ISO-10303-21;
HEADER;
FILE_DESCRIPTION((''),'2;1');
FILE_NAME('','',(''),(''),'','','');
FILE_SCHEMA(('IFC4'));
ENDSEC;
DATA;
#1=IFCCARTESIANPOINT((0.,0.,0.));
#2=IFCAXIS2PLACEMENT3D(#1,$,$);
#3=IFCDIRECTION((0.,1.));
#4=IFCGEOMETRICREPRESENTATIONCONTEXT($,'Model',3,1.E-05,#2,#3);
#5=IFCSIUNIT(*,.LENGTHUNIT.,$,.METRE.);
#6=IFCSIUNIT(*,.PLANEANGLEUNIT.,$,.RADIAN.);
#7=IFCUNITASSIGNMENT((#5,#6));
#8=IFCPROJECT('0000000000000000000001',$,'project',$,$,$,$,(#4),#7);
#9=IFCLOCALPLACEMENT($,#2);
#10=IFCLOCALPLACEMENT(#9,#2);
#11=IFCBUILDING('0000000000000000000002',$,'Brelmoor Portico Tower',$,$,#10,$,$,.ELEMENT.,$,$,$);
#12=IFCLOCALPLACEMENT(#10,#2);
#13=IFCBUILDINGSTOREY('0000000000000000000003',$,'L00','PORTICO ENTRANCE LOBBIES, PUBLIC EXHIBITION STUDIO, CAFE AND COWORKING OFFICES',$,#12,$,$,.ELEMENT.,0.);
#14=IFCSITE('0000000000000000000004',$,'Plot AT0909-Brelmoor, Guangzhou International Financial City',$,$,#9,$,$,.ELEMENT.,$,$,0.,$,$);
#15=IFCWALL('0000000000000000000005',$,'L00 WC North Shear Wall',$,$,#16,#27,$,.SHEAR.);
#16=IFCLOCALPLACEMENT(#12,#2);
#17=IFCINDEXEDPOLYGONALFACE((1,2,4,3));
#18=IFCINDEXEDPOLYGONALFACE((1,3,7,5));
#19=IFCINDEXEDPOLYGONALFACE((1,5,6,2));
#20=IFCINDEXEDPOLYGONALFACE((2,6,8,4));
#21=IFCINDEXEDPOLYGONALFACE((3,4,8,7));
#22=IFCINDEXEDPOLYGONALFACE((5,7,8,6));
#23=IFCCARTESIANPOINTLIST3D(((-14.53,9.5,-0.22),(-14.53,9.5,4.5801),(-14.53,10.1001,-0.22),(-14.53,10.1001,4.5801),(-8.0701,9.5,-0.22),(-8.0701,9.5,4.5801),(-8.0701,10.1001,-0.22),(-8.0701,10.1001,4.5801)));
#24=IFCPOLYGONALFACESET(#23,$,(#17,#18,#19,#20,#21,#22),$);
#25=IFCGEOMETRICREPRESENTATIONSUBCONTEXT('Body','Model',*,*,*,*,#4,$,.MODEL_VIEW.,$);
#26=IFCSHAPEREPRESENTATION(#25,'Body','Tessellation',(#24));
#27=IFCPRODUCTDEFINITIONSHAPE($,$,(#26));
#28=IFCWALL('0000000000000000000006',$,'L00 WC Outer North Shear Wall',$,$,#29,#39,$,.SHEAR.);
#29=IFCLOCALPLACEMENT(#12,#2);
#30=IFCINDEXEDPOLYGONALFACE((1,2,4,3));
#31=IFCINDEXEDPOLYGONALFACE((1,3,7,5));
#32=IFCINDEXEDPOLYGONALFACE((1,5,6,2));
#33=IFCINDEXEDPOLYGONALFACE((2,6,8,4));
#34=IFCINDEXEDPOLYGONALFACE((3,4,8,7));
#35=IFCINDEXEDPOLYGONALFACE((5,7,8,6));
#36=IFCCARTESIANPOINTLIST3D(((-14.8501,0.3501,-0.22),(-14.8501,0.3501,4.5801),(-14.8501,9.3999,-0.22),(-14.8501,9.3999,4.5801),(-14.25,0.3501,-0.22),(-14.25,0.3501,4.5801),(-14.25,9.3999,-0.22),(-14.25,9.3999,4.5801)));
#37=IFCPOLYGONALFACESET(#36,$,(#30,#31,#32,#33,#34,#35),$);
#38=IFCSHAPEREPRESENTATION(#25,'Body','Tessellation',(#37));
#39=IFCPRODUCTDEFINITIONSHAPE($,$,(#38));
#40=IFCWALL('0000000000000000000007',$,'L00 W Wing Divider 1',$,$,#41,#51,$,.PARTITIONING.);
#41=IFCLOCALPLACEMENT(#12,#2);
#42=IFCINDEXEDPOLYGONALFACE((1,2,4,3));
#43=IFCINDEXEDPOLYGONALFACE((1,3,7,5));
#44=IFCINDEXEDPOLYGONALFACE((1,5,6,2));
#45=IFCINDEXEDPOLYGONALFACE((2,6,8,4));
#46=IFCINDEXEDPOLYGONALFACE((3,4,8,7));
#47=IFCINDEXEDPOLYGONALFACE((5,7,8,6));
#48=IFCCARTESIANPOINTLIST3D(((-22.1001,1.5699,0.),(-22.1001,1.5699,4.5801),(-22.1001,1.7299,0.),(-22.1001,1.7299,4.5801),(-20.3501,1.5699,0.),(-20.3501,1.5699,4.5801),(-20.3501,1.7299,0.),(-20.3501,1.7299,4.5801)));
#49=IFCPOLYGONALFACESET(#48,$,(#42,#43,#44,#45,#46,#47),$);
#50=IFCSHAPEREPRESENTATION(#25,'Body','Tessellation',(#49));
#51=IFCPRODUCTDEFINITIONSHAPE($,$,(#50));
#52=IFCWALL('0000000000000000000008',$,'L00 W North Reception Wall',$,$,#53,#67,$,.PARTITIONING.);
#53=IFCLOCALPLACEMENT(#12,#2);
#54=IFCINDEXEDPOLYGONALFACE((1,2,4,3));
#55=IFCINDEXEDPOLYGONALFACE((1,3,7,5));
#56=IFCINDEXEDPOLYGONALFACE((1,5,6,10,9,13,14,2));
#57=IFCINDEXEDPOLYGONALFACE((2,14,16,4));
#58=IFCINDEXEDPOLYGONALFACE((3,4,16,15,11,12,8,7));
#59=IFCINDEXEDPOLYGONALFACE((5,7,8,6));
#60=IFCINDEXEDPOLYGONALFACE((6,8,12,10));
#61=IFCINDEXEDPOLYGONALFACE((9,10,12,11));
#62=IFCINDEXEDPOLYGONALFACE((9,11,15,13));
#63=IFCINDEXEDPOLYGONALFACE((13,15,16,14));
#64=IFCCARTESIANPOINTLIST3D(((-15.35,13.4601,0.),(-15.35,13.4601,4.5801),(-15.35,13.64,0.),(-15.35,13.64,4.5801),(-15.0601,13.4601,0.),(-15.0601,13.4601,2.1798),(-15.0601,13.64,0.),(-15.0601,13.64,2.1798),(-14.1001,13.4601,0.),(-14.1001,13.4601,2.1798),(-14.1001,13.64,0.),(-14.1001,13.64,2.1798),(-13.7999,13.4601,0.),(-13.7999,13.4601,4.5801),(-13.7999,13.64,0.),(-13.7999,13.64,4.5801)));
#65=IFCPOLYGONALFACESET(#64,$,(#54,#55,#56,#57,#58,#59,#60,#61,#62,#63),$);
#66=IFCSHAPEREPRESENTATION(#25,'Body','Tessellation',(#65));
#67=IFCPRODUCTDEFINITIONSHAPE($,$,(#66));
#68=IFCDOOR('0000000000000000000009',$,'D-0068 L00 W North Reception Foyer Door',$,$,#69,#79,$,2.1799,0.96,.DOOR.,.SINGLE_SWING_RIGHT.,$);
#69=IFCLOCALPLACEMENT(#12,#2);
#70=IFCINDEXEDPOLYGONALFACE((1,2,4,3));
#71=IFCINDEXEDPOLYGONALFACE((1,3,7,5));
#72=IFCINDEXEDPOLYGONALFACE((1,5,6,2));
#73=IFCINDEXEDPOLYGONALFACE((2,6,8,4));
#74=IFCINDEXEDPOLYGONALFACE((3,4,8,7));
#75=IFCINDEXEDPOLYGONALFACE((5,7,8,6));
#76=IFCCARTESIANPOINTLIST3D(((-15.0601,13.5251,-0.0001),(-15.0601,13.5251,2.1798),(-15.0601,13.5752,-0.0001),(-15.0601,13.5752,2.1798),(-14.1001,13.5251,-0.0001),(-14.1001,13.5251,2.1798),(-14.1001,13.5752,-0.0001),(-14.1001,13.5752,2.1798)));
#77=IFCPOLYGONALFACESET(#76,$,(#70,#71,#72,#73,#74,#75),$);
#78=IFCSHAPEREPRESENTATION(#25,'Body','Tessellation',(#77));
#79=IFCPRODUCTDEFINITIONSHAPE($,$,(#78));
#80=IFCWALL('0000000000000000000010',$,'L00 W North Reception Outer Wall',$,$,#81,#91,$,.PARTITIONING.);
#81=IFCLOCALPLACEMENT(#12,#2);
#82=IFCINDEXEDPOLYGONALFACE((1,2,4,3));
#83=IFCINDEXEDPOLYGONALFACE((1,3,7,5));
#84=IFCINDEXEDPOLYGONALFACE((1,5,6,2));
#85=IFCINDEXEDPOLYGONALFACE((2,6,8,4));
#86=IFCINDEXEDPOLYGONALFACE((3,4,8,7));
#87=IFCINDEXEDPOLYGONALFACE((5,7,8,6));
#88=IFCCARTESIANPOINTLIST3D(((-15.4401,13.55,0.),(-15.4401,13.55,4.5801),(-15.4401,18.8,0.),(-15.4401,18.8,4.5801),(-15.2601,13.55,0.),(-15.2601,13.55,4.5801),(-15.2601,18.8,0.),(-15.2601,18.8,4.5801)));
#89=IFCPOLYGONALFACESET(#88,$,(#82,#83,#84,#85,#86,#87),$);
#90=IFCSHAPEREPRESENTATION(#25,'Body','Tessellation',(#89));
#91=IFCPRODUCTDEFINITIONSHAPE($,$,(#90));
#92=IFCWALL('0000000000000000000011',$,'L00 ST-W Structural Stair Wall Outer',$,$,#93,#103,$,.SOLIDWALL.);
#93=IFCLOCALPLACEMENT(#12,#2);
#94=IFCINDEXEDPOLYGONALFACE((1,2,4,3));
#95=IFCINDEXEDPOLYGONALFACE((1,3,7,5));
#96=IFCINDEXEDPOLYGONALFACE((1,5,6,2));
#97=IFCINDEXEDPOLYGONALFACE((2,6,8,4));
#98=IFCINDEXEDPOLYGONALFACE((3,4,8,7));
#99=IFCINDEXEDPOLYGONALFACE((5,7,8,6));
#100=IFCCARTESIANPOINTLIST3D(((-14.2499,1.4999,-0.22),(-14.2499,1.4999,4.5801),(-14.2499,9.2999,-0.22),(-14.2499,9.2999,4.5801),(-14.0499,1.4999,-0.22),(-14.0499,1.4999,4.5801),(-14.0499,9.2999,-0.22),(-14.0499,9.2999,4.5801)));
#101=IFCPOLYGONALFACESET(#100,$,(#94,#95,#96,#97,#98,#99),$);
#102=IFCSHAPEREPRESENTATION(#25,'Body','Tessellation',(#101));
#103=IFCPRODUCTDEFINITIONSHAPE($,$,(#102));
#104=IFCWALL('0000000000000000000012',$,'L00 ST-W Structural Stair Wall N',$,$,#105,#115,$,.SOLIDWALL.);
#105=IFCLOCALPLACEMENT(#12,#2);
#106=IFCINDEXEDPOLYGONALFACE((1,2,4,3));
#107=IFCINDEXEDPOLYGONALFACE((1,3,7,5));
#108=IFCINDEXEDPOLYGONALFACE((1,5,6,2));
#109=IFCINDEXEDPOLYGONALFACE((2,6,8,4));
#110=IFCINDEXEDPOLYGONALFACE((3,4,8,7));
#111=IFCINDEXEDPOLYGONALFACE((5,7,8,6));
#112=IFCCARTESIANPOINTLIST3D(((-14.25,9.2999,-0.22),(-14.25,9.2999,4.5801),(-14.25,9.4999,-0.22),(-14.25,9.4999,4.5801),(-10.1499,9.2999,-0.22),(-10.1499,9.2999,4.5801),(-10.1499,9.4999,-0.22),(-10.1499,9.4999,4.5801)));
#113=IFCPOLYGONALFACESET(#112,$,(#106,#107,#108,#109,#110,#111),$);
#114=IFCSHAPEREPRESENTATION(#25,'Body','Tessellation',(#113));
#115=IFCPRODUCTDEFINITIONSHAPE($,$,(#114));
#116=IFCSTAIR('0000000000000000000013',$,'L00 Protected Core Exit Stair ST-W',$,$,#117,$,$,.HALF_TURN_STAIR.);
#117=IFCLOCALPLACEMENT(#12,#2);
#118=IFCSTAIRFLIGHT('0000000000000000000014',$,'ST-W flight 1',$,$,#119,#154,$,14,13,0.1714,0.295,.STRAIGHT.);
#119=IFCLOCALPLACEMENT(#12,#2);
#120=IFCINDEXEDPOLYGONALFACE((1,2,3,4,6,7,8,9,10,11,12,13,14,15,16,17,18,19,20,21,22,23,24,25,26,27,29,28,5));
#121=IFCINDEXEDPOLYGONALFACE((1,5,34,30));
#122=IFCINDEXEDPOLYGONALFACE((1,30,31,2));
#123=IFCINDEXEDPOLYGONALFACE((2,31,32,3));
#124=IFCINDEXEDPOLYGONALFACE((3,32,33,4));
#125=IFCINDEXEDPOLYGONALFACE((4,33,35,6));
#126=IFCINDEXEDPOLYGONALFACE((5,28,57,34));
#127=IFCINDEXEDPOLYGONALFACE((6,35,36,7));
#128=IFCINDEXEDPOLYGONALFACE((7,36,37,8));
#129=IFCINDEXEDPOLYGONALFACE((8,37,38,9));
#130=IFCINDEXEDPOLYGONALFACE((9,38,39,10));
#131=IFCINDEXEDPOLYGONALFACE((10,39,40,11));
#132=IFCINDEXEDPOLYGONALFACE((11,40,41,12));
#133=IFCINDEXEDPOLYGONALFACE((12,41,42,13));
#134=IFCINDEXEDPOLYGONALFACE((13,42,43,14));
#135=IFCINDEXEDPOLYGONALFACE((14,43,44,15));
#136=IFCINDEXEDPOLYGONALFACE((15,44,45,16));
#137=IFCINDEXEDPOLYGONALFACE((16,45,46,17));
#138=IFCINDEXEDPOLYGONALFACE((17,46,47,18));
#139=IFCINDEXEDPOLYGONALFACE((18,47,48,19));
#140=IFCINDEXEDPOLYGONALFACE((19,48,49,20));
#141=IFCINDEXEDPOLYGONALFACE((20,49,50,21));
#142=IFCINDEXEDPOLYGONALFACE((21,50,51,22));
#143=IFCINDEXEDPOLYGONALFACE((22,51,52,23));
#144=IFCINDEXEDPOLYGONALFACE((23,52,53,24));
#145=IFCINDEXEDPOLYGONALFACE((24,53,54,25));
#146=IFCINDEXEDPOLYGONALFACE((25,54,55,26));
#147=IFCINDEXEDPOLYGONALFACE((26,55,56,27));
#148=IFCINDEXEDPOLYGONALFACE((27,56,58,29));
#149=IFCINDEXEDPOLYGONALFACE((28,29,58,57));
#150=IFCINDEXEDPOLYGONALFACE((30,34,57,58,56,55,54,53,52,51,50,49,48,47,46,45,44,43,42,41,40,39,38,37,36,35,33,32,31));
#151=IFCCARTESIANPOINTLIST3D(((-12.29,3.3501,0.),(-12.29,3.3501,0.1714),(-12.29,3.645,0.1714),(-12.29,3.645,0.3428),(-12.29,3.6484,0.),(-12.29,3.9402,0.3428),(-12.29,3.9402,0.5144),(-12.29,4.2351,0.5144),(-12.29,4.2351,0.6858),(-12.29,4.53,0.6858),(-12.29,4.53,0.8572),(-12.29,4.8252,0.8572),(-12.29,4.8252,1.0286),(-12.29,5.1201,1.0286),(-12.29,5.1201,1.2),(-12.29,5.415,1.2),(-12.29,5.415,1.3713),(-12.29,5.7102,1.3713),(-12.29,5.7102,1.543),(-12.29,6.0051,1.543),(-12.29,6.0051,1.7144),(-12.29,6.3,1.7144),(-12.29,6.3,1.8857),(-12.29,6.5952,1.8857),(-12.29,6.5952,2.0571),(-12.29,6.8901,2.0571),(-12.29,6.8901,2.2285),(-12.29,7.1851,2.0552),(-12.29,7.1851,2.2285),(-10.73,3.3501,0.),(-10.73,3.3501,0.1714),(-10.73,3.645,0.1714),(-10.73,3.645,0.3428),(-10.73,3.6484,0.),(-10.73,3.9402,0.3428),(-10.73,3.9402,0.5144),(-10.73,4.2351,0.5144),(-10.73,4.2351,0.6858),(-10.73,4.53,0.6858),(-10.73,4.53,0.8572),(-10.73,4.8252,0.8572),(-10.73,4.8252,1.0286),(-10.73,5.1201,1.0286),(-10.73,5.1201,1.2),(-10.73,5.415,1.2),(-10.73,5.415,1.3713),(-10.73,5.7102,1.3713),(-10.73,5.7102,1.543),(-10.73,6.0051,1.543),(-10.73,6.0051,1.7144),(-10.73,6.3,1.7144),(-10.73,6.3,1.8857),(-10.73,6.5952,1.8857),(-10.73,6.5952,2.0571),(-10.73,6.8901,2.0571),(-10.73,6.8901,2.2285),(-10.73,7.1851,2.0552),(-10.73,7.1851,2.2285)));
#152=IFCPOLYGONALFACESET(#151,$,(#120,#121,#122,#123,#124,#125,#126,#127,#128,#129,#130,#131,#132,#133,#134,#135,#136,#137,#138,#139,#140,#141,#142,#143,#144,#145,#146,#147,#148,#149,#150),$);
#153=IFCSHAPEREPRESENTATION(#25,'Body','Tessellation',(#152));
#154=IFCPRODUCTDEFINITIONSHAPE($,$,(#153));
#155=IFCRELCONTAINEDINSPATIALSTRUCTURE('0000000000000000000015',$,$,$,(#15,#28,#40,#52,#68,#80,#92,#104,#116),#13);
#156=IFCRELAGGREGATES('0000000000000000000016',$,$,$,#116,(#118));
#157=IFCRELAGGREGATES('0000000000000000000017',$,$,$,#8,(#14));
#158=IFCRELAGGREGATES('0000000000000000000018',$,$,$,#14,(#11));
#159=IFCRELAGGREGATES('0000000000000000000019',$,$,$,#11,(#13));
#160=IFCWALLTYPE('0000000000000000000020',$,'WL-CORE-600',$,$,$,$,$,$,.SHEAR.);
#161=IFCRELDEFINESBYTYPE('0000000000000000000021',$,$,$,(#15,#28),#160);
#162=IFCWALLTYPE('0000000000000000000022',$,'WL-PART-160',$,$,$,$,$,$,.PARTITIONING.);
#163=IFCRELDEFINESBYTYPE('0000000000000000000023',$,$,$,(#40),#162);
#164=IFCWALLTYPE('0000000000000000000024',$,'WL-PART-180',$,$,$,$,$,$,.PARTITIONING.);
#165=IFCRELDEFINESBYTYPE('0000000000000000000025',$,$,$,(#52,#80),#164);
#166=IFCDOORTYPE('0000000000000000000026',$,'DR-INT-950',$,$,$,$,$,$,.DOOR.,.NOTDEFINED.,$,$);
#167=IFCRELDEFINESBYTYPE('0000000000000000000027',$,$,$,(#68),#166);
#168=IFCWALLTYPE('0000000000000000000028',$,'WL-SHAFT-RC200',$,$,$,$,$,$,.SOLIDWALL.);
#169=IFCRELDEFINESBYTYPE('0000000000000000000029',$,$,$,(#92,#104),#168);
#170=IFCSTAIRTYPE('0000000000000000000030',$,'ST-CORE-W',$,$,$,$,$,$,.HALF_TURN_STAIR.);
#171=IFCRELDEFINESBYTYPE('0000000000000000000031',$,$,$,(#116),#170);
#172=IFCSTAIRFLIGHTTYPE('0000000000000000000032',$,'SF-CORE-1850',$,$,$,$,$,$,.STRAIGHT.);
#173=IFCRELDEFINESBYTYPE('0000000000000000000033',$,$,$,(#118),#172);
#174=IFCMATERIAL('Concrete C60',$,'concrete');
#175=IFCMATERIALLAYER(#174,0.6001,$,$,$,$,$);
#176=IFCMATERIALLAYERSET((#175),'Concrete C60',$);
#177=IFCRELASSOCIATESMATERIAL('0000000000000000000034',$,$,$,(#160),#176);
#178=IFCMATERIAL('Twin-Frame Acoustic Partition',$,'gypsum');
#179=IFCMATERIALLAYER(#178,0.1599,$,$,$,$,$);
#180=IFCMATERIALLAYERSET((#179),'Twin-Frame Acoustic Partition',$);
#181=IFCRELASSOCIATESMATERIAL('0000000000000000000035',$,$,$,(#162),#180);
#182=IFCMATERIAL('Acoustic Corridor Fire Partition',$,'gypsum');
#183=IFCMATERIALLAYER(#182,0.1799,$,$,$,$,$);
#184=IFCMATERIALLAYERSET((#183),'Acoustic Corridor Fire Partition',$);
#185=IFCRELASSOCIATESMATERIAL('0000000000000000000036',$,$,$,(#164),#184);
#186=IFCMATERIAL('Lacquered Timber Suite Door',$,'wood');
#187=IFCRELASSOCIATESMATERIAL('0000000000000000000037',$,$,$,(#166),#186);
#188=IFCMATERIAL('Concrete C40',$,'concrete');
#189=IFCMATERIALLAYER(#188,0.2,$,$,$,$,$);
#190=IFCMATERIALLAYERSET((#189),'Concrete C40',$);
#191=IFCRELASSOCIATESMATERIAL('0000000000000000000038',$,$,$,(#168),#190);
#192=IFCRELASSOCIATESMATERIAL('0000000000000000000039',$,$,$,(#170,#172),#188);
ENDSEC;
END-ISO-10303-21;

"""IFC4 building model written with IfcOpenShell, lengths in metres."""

from ifc_helpers import new_model, si_unit, direction, frame, frame_2d, origin, place, context, subcontext, project, spatial, polyline, rectangle, outline, extrude, material, layer, layer_set, type_object, element, fill, aggregate, save


model = new_model("IFC4")

# Units and contexts
model_context = context("Model", 3, precision=1e-05, world=origin(), true_north=direction((0.0, 1.0)))
body_context = subcontext(model_context, "Body", "Model", "MODEL_VIEW")
ifc_project = project(units=[si_unit("LENGTHUNIT", "METRE"), si_unit("PLANEANGLEUNIT", "RADIAN")], contexts=[model_context])

# Site, building, storey
site_placement = place(None, origin())
site = spatial("IfcSite", under=ifc_project, at=site_placement, Name="Plot AT0909-Brelmoor, Guangzhou International Financial City", CompositionType="ELEMENT", RefElevation=0.0)
building_placement = place(site_placement, origin())
building = spatial("IfcBuilding", under=site, at=building_placement, Name="Brelmoor Portico Tower", CompositionType="ELEMENT")
storey_placement = place(building_placement, origin())
storey = spatial("IfcBuildingStorey", under=building, at=storey_placement, Name="L00", Description="PORTICO ENTRANCE LOBBIES, PUBLIC EXHIBITION STUDIO, CAFE AND COWORKING OFFICES", CompositionType="ELEMENT", Elevation=0.0)

# Walls
ifc_material_1 = material(Name="Concrete C60", Category="concrete")
ifc_layer_1 = layer(ifc_material_1, 0.6001)
ifc_layer_set_1 = layer_set([ifc_layer_1], Name="Concrete C60")
wall_type_1 = type_object("IfcWallType", Name="WL-CORE-600", PredefinedType="SHEAR", material=ifc_layer_set_1)
wall_1_placement = place(storey_placement, frame((-14.53, 9.8, -0.22), z_axis=(0.0, 0.0, 1.0), x_axis=(1.0, 0.0, 0.0)))
element("IfcWall", 1, at=wall_1_placement, inside=storey, type_object=wall_type_1, Name="L00 WC North Shear Wall", PredefinedType="SHEAR", context=body_context, shape_type="SweptSolid", body=[
    extrude(rectangle(XDim=6.46, YDim=0.6001, at=frame_2d((3.23, 0.0))), origin(), (0.0, 0.0, 1.0), 4.8),
])
wall_2_placement = place(storey_placement, frame((-14.55, 0.3501, -0.22), z_axis=(0.0, 0.0, 1.0), x_axis=(0.0, 1.0, 0.0)))
element("IfcWall", 2, at=wall_2_placement, inside=storey, type_object=wall_type_1, Name="L00 WC Outer North Shear Wall", PredefinedType="SHEAR", context=body_context, shape_type="SweptSolid", body=[
    extrude(rectangle(XDim=9.0498, YDim=0.6001, at=frame_2d((4.5249, 0.0))), origin(), (0.0, 0.0, 1.0), 4.8),
])
ifc_material_2 = material(Name="Twin-Frame Acoustic Partition", Category="gypsum")
ifc_layer_2 = layer(ifc_material_2, 0.1599)
ifc_layer_set_2 = layer_set([ifc_layer_2], Name="Twin-Frame Acoustic Partition")
wall_type_2 = type_object("IfcWallType", Name="WL-PART-160", PredefinedType="PARTITIONING", material=ifc_layer_set_2)
wall_3_placement = place(storey_placement, frame((-20.3501, 1.6499, 0.0), z_axis=(0.0, 0.0, 1.0), x_axis=(-1.0, 0.0, 0.0)))
element("IfcWall", 3, at=wall_3_placement, inside=storey, type_object=wall_type_2, Name="L00 W Wing Divider 1", PredefinedType="PARTITIONING", context=body_context, shape_type="SweptSolid", body=[
    extrude(rectangle(XDim=1.75, YDim=0.1599, at=frame_2d((0.875, 0.0))), origin(), (0.0, 0.0, 1.0), 4.5801),
])

# Wall, opening, door
ifc_material_3 = material(Name="Acoustic Corridor Fire Partition", Category="gypsum")
ifc_layer_3 = layer(ifc_material_3, 0.1799)
ifc_layer_set_3 = layer_set([ifc_layer_3], Name="Acoustic Corridor Fire Partition")
wall_type_3 = type_object("IfcWallType", Name="WL-PART-180", PredefinedType="PARTITIONING", material=ifc_layer_set_3)
wall_4_placement = place(storey_placement, frame((-13.8, 13.55, 0.0), z_axis=(0.0, 0.0, 1.0), x_axis=(-1.0, 0.0, 0.0)))
wall_4 = element("IfcWall", 4, at=wall_4_placement, inside=storey, type_object=wall_type_3, Name="L00 W North Reception Wall", PredefinedType="PARTITIONING", context=body_context, shape_type="SweptSolid", body=[
    extrude(rectangle(XDim=1.55, YDim=0.1799, at=frame_2d((0.7749, 0.0))), origin(), (0.0, 0.0, 1.0), 4.5801),
])
opening_placement = place(wall_4_placement, frame((0.3, 0.0, 0.0)))
opening = element("IfcOpeningElement", 5, at=opening_placement, cuts=wall_4, PredefinedType="OPENING", context=body_context, shape_type="SweptSolid", body=[
    extrude(rectangle(XDim=0.96, YDim=2.1799, at=frame_2d((0.48, 1.0898))), frame((0.0, 0.0999, 0.0), z_axis=(0.0, -1.0, 0.0), x_axis=(1.0, 0.0, 0.0)), (0.0, 0.0, 1.0), 0.2),
])
ifc_material_4 = material(Name="Lacquered Timber Suite Door", Category="wood")
door_type = type_object("IfcDoorType", Name="DR-INT-950", OperationType="NOTDEFINED", PredefinedType="DOOR", material=ifc_material_4)
door_placement = place(opening_placement, origin())
door = element("IfcDoor", 6, at=door_placement, inside=storey, type_object=door_type, Name="D-0068 L00 W North Reception Foyer Door", OperationType="SINGLE_SWING_RIGHT", OverallHeight=2.1799, OverallWidth=0.96, PredefinedType="DOOR", context=body_context, shape_type="SweptSolid", body=[
    extrude(rectangle(XDim=0.96, YDim=2.1799, at=frame_2d((0.48, 1.0898))), frame((0.0, 0.0249, 0.0), z_axis=(0.0, -1.0, 0.0), x_axis=(1.0, 0.0, 0.0)), (0.0, 0.0, 1.0), 0.05),
])
fill(opening, door)

# Walls
wall_5_placement = place(storey_placement, frame((-15.3501, 13.55, 0.0), z_axis=(0.0, 0.0, 1.0), x_axis=(0.0, 1.0, 0.0)))
element("IfcWall", 7, at=wall_5_placement, inside=storey, type_object=wall_type_3, Name="L00 W North Reception Outer Wall", PredefinedType="PARTITIONING", context=body_context, shape_type="SweptSolid", body=[
    extrude(rectangle(XDim=5.25, YDim=0.1799, at=frame_2d((2.625, 0.0))), origin(), (0.0, 0.0, 1.0), 4.5801),
])
ifc_material_5 = material(Name="Concrete C40", Category="concrete")
ifc_layer_4 = layer(ifc_material_5, 0.2)
ifc_layer_set_4 = layer_set([ifc_layer_4], Name="Concrete C40")
wall_type_4 = type_object("IfcWallType", Name="WL-SHAFT-RC200", PredefinedType="SOLIDWALL", material=ifc_layer_set_4)
wall_6_placement = place(storey_placement, frame((-14.1499, 1.5, -0.22), z_axis=(0.0, 0.0, 1.0), x_axis=(0.0, 1.0, 0.0)))
element("IfcWall", 8, at=wall_6_placement, inside=storey, type_object=wall_type_4, Name="L00 ST-W Structural Stair Wall Outer", PredefinedType="SOLIDWALL", context=body_context, shape_type="SweptSolid", body=[
    extrude(rectangle(XDim=7.8, YDim=0.2, at=frame_2d((3.8999, 0.0))), origin(), (0.0, 0.0, 1.0), 4.8),
])
wall_7_placement = place(storey_placement, frame((-14.25, 9.3999, -0.22), z_axis=(0.0, 0.0, 1.0), x_axis=(1.0, 0.0, 0.0)))
element("IfcWall", 9, at=wall_7_placement, inside=storey, type_object=wall_type_4, Name="L00 ST-W Structural Stair Wall N", PredefinedType="SOLIDWALL", context=body_context, shape_type="SweptSolid", body=[
    extrude(rectangle(XDim=4.1001, YDim=0.2, at=frame_2d((2.05, 0.0))), origin(), (0.0, 0.0, 1.0), 4.8),
])

# Stair, stair flight
stair_type = type_object("IfcStairType", Name="ST-CORE-W", PredefinedType="HALF_TURN_STAIR", material=ifc_material_5)
stair_placement = place(storey_placement, origin())
stair = element("IfcStair", 10, at=stair_placement, inside=storey, type_object=stair_type, Name="L00 Protected Core Exit Stair ST-W", PredefinedType="HALF_TURN_STAIR")
stair_flight_type = type_object("IfcStairFlightType", Name="SF-CORE-1850", PredefinedType="STRAIGHT", material=ifc_material_5)
stair_flight_1_placement = place(storey_placement, frame((-11.51, 3.3501, 0.0), z_axis=(0.0, 0.0, 1.0), x_axis=(0.0, 1.0, 0.0)))
stair_flight_1 = element("IfcStairFlight", 11, at=stair_flight_1_placement, type_object=stair_flight_type, Name="ST-W flight 1", NumberOfRisers=14, NumberOfTreads=13, PredefinedType="STRAIGHT", RiserHeight=0.1714, TreadLength=0.295, context=body_context, shape_type="SweptSolid", body=[
    extrude(outline(polyline([(0.0, 0.0), (0.0, 0.1714), (0.2949, 0.1714), (0.2949, 0.3428), (0.5901, 0.3428), (0.5901, 0.5144), (0.885, 0.5144), (0.885, 0.6858), (1.1799, 0.6858), (1.1799, 0.8572), (1.4751, 0.8572), (1.4751, 1.0286), (1.77, 1.0286), (1.77, 1.2), (2.0649, 1.2), (2.0649, 1.3713), (2.3601, 1.3713), (2.3601, 1.543), (2.655, 1.543), (2.655, 1.7144), (2.95, 1.7144), (2.95, 1.8857), (3.2451, 1.8857), (3.2451, 2.0571), (3.54, 2.0571), (3.54, 2.2285), (3.835, 2.2285), (3.835, 2.3999), (3.835, 2.0552), (0.2983, 0.0), (0.0, 0.0)])), frame((0.0, 0.78, 0.0), z_axis=(0.0, -1.0, 0.0), x_axis=(1.0, 0.0, 0.0)), (0.0, 0.0, 1.0), 1.5601),
])
aggregate(stair, [stair_flight_1])

save(model, "model.ifc")
